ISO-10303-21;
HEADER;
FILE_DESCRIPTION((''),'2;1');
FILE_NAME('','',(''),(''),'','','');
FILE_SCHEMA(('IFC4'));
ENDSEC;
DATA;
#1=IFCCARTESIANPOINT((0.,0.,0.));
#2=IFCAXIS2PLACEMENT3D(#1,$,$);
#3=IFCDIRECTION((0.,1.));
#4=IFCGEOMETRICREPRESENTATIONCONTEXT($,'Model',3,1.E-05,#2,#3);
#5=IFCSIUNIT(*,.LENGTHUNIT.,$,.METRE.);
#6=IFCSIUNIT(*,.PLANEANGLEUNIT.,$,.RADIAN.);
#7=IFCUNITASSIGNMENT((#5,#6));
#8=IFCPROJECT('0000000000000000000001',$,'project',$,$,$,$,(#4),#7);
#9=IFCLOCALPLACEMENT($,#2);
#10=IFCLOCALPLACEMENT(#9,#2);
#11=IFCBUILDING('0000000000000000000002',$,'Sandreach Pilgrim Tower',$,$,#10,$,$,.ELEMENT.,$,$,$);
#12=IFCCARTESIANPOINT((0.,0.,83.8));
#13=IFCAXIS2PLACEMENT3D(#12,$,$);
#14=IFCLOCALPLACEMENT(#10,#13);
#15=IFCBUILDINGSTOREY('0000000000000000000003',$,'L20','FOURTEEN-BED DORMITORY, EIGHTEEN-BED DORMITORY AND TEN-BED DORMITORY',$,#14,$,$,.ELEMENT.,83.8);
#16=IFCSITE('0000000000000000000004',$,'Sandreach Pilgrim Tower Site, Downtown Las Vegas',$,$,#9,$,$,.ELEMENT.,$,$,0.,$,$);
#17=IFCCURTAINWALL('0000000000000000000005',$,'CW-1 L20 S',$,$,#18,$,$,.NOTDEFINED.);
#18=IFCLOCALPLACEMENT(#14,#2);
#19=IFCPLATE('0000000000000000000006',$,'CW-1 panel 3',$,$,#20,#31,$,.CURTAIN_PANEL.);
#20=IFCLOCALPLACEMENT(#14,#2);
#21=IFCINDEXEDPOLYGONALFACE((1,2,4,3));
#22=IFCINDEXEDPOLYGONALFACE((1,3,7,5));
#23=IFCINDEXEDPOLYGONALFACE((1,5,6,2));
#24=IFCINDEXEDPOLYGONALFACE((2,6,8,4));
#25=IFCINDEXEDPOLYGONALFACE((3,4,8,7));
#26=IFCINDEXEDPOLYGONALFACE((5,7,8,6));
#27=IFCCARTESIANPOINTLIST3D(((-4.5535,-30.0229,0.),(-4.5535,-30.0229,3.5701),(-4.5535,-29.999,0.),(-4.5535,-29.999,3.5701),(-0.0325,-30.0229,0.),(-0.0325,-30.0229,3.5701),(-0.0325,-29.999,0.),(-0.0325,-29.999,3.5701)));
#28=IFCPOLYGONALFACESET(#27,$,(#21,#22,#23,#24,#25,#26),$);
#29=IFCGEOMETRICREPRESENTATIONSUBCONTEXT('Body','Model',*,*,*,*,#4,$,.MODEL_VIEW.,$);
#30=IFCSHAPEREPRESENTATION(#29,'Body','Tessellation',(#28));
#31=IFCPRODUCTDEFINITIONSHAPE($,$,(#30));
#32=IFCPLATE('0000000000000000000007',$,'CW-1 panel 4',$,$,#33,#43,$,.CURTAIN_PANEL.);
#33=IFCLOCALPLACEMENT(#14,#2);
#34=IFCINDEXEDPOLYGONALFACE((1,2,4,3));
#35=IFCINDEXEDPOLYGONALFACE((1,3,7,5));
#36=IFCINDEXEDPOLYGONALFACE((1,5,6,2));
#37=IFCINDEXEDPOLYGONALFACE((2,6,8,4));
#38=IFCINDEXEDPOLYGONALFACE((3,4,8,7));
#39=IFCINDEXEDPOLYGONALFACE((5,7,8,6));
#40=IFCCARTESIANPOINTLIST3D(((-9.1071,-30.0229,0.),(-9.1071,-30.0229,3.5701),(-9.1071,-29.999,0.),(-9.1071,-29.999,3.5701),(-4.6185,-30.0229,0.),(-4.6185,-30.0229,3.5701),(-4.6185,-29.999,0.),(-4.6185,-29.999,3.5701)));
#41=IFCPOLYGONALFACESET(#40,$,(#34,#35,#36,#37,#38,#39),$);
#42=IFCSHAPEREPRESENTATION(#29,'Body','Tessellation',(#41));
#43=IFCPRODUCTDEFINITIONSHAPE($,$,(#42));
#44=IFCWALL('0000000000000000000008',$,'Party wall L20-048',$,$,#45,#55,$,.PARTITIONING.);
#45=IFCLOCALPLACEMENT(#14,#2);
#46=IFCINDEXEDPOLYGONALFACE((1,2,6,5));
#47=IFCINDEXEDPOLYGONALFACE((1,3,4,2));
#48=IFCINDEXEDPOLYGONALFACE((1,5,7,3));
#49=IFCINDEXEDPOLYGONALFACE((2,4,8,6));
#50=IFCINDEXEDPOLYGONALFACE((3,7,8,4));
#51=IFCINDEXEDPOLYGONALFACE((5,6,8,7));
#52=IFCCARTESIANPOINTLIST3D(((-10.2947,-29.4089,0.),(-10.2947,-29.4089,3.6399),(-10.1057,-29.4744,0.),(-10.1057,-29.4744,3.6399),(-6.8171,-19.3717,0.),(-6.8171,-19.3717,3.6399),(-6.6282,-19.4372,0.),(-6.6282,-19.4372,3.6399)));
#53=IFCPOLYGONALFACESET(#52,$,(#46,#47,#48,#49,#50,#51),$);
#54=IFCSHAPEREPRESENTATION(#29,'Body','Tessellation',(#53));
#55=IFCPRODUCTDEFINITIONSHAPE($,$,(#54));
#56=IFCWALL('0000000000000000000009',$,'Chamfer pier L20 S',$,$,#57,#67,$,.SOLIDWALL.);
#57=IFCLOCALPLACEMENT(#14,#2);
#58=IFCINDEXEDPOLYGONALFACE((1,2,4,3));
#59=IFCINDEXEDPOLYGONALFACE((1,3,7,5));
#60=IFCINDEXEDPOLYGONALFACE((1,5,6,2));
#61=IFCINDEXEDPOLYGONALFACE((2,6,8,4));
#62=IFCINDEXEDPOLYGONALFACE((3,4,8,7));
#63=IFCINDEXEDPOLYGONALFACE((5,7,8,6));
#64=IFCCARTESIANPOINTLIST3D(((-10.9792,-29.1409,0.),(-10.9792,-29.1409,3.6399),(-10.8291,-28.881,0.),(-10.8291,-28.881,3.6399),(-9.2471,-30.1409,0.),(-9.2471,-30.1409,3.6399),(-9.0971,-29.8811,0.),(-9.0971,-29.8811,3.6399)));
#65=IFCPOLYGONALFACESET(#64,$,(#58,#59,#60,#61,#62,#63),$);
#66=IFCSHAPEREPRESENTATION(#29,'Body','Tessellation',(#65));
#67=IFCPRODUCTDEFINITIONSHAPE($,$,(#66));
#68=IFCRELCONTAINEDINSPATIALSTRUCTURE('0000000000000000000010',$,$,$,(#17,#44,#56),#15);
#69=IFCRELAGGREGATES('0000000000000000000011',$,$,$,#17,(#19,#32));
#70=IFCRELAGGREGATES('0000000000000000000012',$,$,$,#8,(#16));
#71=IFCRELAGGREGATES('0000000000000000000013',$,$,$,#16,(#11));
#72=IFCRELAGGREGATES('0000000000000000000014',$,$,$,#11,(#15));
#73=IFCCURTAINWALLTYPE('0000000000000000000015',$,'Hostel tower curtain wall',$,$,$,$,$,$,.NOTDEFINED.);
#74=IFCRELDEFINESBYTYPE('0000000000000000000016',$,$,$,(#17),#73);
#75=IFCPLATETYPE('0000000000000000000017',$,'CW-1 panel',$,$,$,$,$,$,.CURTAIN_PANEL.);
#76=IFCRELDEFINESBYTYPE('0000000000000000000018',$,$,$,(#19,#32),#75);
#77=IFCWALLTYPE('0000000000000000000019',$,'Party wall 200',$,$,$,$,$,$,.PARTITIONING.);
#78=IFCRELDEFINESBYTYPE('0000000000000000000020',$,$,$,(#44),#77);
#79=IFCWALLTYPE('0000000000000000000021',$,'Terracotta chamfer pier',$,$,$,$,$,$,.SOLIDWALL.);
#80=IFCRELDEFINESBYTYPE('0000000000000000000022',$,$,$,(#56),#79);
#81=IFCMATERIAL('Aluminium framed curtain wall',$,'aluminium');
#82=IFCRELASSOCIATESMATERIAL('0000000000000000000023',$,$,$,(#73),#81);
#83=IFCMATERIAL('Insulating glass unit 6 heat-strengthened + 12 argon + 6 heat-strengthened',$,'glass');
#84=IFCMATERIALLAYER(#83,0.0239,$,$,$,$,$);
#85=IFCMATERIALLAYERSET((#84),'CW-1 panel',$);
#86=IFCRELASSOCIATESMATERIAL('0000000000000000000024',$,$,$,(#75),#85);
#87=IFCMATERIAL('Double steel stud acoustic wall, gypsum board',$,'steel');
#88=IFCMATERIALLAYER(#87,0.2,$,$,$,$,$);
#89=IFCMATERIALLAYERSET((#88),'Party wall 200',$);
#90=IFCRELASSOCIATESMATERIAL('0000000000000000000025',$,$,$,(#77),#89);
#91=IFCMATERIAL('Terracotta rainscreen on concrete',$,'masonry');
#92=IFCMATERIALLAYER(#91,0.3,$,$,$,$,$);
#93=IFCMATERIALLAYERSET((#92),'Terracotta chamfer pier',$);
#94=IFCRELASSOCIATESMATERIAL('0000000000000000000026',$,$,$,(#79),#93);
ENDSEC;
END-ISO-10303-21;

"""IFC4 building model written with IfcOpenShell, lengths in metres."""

from ifc_helpers import new_model, si_unit, direction, frame, frame_2d, origin, origin_2d, place, context, subcontext, project, spatial, rectangle, extrude, material, layer, layer_set, type_object, element, aggregate, save


model = new_model("IFC4")

# Units and contexts
model_context = context("Model", 3, precision=1e-05, world=origin(), true_north=direction((0.0, 1.0)))
body_context = subcontext(model_context, "Body", "Model", "MODEL_VIEW")
ifc_project = project(units=[si_unit("LENGTHUNIT", "METRE"), si_unit("PLANEANGLEUNIT", "RADIAN")], contexts=[model_context])

# Site, building, storey
site_placement = place(None, origin())
site = spatial("IfcSite", under=ifc_project, at=site_placement, Name="Sandreach Pilgrim Tower Site, Downtown Las Vegas", CompositionType="ELEMENT", RefElevation=0.0)
building_placement = place(site_placement, origin())
building = spatial("IfcBuilding", under=site, at=building_placement, Name="Sandreach Pilgrim Tower", CompositionType="ELEMENT")
storey_placement = place(building_placement, frame((0.0, 0.0, 83.8)))
storey = spatial("IfcBuildingStorey", under=building, at=storey_placement, Name="L20", Description="FOURTEEN-BED DORMITORY, EIGHTEEN-BED DORMITORY AND TEN-BED DORMITORY", CompositionType="ELEMENT", Elevation=83.8)

# Curtain wall
ifc_material_1 = material(Name="Aluminium framed curtain wall", Category="aluminium")
curtain_wall_type = type_object("IfcCurtainWallType", Name="Hostel tower curtain wall", PredefinedType="NOTDEFINED", material=ifc_material_1)
curtain_wall_placement = place(storey_placement, origin())
curtain_wall = element("IfcCurtainWall", 1, at=curtain_wall_placement, inside=storey, type_object=curtain_wall_type, Name="CW-1 L20 S", PredefinedType="NOTDEFINED")

# Plates
ifc_material_2 = material(Name="Insulating glass unit 6 heat-strengthened + 12 argon + 6 heat-strengthened", Category="glass")
ifc_layer_1 = layer(ifc_material_2, 0.0239)
ifc_layer_set_1 = layer_set([ifc_layer_1], Name="CW-1 panel")
plate_type = type_object("IfcPlateType", Name="CW-1 panel", PredefinedType="CURTAIN_PANEL", material=ifc_layer_set_1)
plate_1_placement = place(storey_placement, frame((-2.293, -30.011, 0.0), z_axis=(0.0, 0.0, 1.0), x_axis=(-1.0, 0.0, 0.0)))
plate_1 = element("IfcPlate", 2, at=plate_1_placement, type_object=plate_type, Name="CW-1 panel 3", PredefinedType="CURTAIN_PANEL", context=body_context, shape_type="SweptSolid", body=[
    extrude(rectangle(XDim=4.521, YDim=0.0239, at=origin_2d()), origin(), (0.0, 0.0, 1.0), 3.5701),
])
plate_2_placement = place(storey_placement, frame((-6.8628, -30.011, 0.0), z_axis=(0.0, 0.0, 1.0), x_axis=(-1.0, 0.0, 0.0)))
plate_2 = element("IfcPlate", 3, at=plate_2_placement, type_object=plate_type, Name="CW-1 panel 4", PredefinedType="CURTAIN_PANEL", context=body_context, shape_type="SweptSolid", body=[
    extrude(rectangle(XDim=4.4885, YDim=0.0239, at=origin_2d()), origin(), (0.0, 0.0, 1.0), 3.5701),
])
aggregate(curtain_wall, [plate_1, plate_2])

# Walls
ifc_material_3 = material(Name="Double steel stud acoustic wall, gypsum board", Category="steel")
ifc_layer_2 = layer(ifc_material_3, 0.2)
ifc_layer_set_2 = layer_set([ifc_layer_2], Name="Party wall 200")
wall_type_1 = type_object("IfcWallType", Name="Party wall 200", PredefinedType="PARTITIONING", material=ifc_layer_set_2)
wall_1_placement = place(storey_placement, frame((-10.2002, -29.4417, 0.0), z_axis=(0.0, 0.0, 1.0), x_axis=(0.327376, 0.944894, 0.0)))
element("IfcWall", 4, at=wall_1_placement, inside=storey, type_object=wall_type_1, Name="Party wall L20-048", PredefinedType="PARTITIONING", context=body_context, shape_type="SweptSolid", body=[
    extrude(rectangle(XDim=10.6226, YDim=0.2, at=frame_2d((5.3113, 0.0))), origin(), (0.0, 0.0, 1.0), 3.6399),
])
ifc_material_4 = material(Name="Terracotta rainscreen on concrete", Category="masonry")
ifc_layer_3 = layer(ifc_material_4, 0.3)
ifc_layer_set_3 = layer_set([ifc_layer_3], Name="Terracotta chamfer pier")
wall_type_2 = type_object("IfcWallType", Name="Terracotta chamfer pier", PredefinedType="SOLIDWALL", material=ifc_layer_set_3)
wall_2_placement = place(storey_placement, frame((-9.1721, -30.011, 0.0), z_axis=(0.0, 0.0, 1.0), x_axis=(-0.866011, 0.500025, 0.0)))
element("IfcWall", 5, at=wall_2_placement, inside=storey, type_object=wall_type_2, Name="Chamfer pier L20 S", PredefinedType="SOLIDWALL", context=body_context, shape_type="SweptSolid", body=[
    extrude(rectangle(XDim=2.0, YDim=0.3, at=frame_2d((1.0, 0.0))), origin(), (0.0, 0.0, 1.0), 3.6399),
])

save(model, "model.ifc")
